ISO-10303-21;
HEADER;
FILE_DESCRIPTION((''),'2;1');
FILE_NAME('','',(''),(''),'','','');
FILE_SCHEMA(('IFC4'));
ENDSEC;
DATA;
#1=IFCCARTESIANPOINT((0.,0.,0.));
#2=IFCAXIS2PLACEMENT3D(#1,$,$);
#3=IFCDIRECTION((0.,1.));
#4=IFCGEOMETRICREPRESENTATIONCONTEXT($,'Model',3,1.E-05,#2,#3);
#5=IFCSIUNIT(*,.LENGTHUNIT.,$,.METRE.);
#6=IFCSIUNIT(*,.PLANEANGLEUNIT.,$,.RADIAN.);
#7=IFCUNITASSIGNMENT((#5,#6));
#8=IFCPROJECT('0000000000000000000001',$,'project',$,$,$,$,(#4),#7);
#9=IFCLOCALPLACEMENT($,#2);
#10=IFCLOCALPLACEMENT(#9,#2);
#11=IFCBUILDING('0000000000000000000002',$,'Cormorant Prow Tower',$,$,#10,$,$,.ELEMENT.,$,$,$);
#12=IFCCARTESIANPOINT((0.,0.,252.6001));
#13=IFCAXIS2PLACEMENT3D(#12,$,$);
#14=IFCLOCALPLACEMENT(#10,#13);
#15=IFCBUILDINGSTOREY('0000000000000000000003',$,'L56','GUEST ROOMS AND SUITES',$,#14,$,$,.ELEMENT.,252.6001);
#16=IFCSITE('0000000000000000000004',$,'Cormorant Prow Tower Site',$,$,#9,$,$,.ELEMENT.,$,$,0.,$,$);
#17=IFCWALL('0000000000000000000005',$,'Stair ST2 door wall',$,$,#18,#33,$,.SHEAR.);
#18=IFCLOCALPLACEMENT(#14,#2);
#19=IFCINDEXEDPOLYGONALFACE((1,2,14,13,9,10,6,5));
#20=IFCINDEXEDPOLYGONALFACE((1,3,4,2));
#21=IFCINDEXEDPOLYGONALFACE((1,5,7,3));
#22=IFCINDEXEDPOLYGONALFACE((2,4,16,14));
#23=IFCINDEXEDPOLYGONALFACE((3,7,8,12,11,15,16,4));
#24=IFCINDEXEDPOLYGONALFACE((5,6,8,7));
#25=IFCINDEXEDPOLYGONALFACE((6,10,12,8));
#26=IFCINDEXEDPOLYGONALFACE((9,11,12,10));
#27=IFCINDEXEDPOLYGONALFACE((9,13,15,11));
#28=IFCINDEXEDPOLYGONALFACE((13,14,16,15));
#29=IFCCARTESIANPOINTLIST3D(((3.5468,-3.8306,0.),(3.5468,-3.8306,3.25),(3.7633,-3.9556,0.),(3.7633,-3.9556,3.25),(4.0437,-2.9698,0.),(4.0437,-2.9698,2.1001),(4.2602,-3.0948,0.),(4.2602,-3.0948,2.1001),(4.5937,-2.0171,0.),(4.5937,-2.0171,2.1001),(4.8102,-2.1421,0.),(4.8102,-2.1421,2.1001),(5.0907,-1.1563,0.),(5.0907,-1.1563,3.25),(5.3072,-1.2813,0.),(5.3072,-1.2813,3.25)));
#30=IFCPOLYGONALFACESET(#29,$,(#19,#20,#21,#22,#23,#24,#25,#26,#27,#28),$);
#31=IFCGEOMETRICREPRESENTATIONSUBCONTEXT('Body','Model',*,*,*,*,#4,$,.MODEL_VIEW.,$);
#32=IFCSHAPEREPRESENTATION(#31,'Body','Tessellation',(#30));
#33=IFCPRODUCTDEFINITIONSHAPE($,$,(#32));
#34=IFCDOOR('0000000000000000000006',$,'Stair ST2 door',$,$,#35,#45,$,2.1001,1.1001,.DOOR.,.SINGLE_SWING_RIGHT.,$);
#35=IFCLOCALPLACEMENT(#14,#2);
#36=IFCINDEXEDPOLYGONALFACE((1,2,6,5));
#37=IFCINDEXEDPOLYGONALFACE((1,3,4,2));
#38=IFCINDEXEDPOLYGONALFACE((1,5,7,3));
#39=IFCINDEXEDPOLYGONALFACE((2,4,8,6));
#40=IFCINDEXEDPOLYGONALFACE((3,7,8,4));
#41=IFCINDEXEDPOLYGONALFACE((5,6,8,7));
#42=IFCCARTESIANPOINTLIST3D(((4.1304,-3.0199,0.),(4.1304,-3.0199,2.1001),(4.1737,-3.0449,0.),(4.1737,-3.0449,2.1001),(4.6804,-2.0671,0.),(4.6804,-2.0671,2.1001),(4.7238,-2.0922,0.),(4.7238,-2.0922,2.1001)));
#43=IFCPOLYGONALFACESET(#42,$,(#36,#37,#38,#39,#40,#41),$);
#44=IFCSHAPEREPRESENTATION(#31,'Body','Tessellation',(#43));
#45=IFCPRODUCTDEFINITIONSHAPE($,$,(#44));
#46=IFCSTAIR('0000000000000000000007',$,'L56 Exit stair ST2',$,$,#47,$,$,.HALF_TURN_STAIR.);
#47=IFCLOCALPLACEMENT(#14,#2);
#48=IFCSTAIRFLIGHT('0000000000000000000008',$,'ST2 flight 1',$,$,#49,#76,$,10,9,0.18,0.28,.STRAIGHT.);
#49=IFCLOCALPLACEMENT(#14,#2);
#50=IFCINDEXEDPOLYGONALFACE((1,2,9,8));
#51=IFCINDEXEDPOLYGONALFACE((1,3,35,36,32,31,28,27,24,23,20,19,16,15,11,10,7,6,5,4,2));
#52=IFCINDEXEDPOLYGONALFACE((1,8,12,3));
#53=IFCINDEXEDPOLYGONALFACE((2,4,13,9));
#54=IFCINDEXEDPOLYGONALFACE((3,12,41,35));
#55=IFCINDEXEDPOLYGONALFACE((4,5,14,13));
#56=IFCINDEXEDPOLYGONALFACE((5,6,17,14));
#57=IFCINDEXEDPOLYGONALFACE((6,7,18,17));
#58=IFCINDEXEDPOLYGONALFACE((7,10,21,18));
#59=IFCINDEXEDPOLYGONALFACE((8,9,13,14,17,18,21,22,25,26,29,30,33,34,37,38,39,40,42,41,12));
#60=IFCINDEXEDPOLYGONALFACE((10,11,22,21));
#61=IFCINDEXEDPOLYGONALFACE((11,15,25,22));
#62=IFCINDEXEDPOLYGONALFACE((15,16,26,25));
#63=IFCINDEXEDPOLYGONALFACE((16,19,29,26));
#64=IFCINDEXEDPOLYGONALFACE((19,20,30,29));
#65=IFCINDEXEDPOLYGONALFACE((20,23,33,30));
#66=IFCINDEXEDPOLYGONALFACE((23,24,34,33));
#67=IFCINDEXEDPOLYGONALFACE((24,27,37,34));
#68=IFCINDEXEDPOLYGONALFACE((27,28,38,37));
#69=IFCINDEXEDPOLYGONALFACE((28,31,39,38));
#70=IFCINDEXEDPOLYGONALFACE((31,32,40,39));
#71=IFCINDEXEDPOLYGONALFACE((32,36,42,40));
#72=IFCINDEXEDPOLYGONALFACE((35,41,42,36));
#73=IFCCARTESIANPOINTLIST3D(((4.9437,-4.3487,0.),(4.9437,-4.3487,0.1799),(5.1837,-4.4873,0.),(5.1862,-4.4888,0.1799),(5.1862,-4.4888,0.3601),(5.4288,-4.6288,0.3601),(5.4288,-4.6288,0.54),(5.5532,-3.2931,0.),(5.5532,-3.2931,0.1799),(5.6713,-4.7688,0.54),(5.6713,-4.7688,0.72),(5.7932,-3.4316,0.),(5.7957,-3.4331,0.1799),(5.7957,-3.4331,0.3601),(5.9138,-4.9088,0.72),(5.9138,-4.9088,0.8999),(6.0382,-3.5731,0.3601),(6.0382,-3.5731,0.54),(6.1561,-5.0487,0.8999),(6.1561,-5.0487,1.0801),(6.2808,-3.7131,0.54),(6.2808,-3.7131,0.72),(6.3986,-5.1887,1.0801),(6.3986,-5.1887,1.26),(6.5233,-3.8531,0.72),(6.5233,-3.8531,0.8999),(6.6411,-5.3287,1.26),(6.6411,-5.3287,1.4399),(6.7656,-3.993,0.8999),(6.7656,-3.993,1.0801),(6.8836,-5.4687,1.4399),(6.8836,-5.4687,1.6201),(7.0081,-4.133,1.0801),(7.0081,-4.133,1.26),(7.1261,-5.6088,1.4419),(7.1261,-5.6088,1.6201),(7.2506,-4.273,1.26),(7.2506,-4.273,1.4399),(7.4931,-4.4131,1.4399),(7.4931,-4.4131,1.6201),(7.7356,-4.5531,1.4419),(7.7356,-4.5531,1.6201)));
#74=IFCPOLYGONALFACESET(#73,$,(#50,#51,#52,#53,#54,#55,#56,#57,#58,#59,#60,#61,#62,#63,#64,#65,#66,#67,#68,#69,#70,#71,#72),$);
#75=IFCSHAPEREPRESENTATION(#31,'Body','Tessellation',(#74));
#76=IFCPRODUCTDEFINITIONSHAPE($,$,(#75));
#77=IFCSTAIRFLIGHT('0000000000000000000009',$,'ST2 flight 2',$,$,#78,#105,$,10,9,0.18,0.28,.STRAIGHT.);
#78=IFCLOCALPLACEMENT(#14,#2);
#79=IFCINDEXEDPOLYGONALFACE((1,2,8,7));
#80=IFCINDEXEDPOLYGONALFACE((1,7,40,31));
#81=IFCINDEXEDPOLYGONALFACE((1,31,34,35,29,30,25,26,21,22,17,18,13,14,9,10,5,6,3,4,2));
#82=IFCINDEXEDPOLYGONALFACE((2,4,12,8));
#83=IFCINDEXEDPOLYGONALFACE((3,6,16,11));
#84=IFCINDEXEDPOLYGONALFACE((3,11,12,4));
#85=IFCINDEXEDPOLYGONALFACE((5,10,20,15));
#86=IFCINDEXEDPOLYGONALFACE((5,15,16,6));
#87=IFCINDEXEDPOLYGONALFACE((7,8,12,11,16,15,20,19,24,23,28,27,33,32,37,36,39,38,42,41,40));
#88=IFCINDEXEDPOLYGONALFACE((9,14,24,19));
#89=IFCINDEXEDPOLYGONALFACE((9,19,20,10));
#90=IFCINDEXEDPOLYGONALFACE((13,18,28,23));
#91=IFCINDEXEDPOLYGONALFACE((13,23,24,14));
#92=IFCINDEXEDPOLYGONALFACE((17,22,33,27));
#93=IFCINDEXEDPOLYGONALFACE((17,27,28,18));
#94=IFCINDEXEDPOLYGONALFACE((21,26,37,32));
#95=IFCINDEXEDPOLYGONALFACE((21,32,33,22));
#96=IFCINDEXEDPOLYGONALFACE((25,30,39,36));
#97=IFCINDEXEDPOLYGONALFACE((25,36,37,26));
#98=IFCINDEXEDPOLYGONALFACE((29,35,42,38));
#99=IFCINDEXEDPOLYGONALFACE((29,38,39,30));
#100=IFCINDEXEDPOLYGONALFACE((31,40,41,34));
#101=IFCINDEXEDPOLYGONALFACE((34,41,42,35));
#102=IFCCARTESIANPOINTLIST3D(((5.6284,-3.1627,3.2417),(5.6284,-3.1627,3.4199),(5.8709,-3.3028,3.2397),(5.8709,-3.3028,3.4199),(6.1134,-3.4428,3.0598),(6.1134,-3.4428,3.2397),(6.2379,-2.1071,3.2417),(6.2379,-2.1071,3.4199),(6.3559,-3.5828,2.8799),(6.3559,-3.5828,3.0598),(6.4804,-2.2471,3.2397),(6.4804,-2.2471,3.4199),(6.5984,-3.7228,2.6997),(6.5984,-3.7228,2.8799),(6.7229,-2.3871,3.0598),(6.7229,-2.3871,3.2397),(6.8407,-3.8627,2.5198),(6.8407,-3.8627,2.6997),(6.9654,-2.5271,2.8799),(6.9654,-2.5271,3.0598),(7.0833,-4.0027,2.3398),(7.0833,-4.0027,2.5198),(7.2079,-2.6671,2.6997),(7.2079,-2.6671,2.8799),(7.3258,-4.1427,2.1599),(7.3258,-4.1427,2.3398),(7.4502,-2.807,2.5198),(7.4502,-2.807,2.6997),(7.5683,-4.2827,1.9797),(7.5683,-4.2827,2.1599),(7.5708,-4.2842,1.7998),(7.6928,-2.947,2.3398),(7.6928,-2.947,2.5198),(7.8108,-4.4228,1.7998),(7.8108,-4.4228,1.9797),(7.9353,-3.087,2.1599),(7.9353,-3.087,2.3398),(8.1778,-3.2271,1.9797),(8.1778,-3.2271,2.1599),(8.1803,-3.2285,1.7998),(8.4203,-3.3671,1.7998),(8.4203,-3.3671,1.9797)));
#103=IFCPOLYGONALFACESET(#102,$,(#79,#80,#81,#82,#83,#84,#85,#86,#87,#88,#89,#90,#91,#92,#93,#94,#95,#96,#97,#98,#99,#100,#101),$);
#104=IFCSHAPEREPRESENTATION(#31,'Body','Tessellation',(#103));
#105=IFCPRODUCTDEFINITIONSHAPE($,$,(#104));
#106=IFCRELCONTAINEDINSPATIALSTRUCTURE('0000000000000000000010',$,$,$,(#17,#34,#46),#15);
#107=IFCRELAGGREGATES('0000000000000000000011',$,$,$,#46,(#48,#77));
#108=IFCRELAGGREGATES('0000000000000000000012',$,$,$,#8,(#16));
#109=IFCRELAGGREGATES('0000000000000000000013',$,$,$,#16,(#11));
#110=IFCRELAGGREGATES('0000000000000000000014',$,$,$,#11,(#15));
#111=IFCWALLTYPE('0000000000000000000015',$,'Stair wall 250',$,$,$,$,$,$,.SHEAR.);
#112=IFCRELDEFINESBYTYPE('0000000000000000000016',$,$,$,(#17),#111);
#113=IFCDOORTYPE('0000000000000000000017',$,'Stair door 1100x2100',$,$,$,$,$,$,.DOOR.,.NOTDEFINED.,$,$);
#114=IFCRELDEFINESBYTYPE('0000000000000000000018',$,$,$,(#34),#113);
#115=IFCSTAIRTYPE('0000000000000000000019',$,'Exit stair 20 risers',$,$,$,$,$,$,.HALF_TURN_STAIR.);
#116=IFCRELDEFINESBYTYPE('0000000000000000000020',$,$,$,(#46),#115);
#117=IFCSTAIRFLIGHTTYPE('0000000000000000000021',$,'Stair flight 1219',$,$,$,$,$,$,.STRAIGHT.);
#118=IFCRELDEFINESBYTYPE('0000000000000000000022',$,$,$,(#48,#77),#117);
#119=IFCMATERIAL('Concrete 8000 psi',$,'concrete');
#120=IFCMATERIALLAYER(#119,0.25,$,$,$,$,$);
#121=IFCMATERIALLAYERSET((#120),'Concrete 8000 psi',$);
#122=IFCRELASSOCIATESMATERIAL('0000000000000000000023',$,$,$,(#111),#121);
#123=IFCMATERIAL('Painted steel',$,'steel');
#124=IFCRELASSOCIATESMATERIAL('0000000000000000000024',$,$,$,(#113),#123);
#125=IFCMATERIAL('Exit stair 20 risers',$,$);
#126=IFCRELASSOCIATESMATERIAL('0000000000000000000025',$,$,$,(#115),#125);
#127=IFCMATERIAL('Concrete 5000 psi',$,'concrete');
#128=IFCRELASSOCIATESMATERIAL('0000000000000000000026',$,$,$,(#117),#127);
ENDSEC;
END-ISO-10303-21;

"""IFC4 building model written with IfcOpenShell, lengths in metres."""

from ifc_helpers import new_model, si_unit, direction, frame, frame_2d, origin, place, context, subcontext, project, spatial, polyline, rectangle, outline, extrude, material, layer, layer_set, type_object, element, fill, aggregate, save


model = new_model("IFC4")

# Units and contexts
model_context = context("Model", 3, precision=1e-05, world=origin(), true_north=direction((0.0, 1.0)))
body_context = subcontext(model_context, "Body", "Model", "MODEL_VIEW")
ifc_project = project(units=[si_unit("LENGTHUNIT", "METRE"), si_unit("PLANEANGLEUNIT", "RADIAN")], contexts=[model_context])

# Site, building, storey
site_placement = place(None, origin())
site = spatial("IfcSite", under=ifc_project, at=site_placement, Name="Cormorant Prow Tower Site", CompositionType="ELEMENT", RefElevation=0.0)
building_placement = place(site_placement, origin())
building = spatial("IfcBuilding", under=site, at=building_placement, Name="Cormorant Prow Tower", CompositionType="ELEMENT")
storey_placement = place(building_placement, frame((0.0, 0.0, 252.6001)))
storey = spatial("IfcBuildingStorey", under=building, at=storey_placement, Name="L56", Description="GUEST ROOMS AND SUITES", CompositionType="ELEMENT", Elevation=252.6001)

# Wall, opening, door
ifc_material_1 = material(Name="Concrete 8000 psi", Category="concrete")
ifc_layer_1 = layer(ifc_material_1, 0.25)
ifc_layer_set_1 = layer_set([ifc_layer_1], Name="Concrete 8000 psi")
wall_type_1 = type_object("IfcWallType", Name="Stair wall 250", PredefinedType="SHEAR", material=ifc_layer_set_1)
wall_1_placement = place(storey_placement, frame((3.655, -3.8931, 0.0), z_axis=(0.0, 0.0, 1.0), x_axis=(0.499983, 0.866035, 0.0)))
wall_1 = element("IfcWall", 1, at=wall_1_placement, inside=storey, type_object=wall_type_1, Name="Stair ST2 door wall", PredefinedType="SHEAR", context=body_context, shape_type="SweptSolid", body=[
    extrude(rectangle(XDim=3.0879, YDim=0.25, at=frame_2d((1.5439, 0.0))), origin(), (0.0, 0.0, 1.0), 3.25),
])
opening_1_placement = place(wall_1_placement, frame((0.9939, 0.0, 0.0)))
opening_1 = element("IfcOpeningElement", 2, at=opening_1_placement, cuts=wall_1, PredefinedType="OPENING", context=body_context, shape_type="SweptSolid", body=[
    extrude(rectangle(XDim=1.1001, YDim=2.1001, at=frame_2d((0.55, 1.05))), frame((0.0, 0.135, 0.0), z_axis=(0.0, -1.0, 0.0), x_axis=(1.0, 0.0, 0.0)), (0.0, 0.0, 1.0), 0.27),
])
ifc_material_2 = material(Name="Painted steel", Category="steel")
door_type_1 = type_object("IfcDoorType", Name="Stair door 1100x2100", OperationType="NOTDEFINED", PredefinedType="DOOR", material=ifc_material_2)
door_1_placement = place(opening_1_placement, origin())
door_1 = element("IfcDoor", 3, at=door_1_placement, inside=storey, type_object=door_type_1, Name="Stair ST2 door", OperationType="SINGLE_SWING_RIGHT", OverallHeight=2.1001, OverallWidth=1.1001, PredefinedType="DOOR", context=body_context, shape_type="SweptSolid", body=[
    extrude(rectangle(XDim=1.1001, YDim=2.1001, at=frame_2d((0.55, 1.05))), frame((0.0, 0.0249, 0.0), z_axis=(0.0, -1.0, 0.0), x_axis=(1.0, 0.0, 0.0)), (0.0, 0.0, 1.0), 0.05),
])
fill(opening_1, door_1)

# Stair, stair flights
ifc_material_3 = material(Name="Exit stair 20 risers")
stair_type = type_object("IfcStairType", Name="Exit stair 20 risers", PredefinedType="HALF_TURN_STAIR", material=ifc_material_3)
stair_placement = place(storey_placement, origin())
stair = element("IfcStair", 4, at=stair_placement, inside=storey, type_object=stair_type, Name="L56 Exit stair ST2", PredefinedType="HALF_TURN_STAIR")
ifc_material_4 = material(Name="Concrete 5000 psi", Category="concrete")
stair_flight_type = type_object("IfcStairFlightType", Name="Stair flight 1219", PredefinedType="STRAIGHT", material=ifc_material_4)
stair_flight_1_placement = place(storey_placement, frame((5.2485, -3.8208, 0.0), z_axis=(0.0, 0.0, 1.0), x_axis=(0.866025, -0.5, 0.0)))
stair_flight_1 = element("IfcStairFlight", 5, at=stair_flight_1_placement, type_object=stair_flight_type, Name="ST2 flight 1", NumberOfRisers=10, NumberOfTreads=9, PredefinedType="STRAIGHT", RiserHeight=0.18, TreadLength=0.28, context=body_context, shape_type="SweptSolid", body=[
    extrude(outline(polyline([(0.0, 0.0), (0.0, 0.1799), (0.28, 0.1799), (0.28, 0.3601), (0.5601, 0.3601), (0.5601, 0.54), (0.8401, 0.54), (0.8401, 0.72), (1.1201, 0.72), (1.1201, 0.8999), (1.3999, 0.8999), (1.3999, 1.0801), (1.6799, 1.0801), (1.6799, 1.26), (1.96, 1.26), (1.96, 1.4399), (2.24, 1.4399), (2.24, 1.6201), (2.52, 1.6201), (2.52, 1.8), (2.52, 1.4419), (0.2771, 0.0), (0.0, 0.0)])), frame((0.0, 0.6094, 0.0), z_axis=(0.0, -1.0, 0.0), x_axis=(1.0, 0.0, 0.0)), (0.0, 0.0, 1.0), 1.219),
])
stair_flight_2_placement = place(storey_placement, frame((8.1155, -3.895, 1.7998), z_axis=(0.0, 0.0, 1.0), x_axis=(-0.866025, 0.5, 0.0)))
stair_flight_2 = element("IfcStairFlight", 6, at=stair_flight_2_placement, type_object=stair_flight_type, Name="ST2 flight 2", NumberOfRisers=10, NumberOfTreads=9, PredefinedType="STRAIGHT", RiserHeight=0.18, TreadLength=0.28, context=body_context, shape_type="SweptSolid", body=[
    extrude(outline(polyline([(0.0, 0.0), (0.0, 0.1799), (0.28, 0.1799), (0.28, 0.3601), (0.5601, 0.3601), (0.5601, 0.54), (0.8401, 0.54), (0.8401, 0.72), (1.1201, 0.72), (1.1201, 0.8999), (1.3999, 0.8999), (1.3999, 1.0801), (1.6799, 1.0801), (1.6799, 1.26), (1.96, 1.26), (1.96, 1.4399), (2.24, 1.4399), (2.24, 1.6201), (2.52, 1.6201), (2.52, 1.8), (2.52, 1.4419), (0.2771, 0.0), (0.0, 0.0)])), frame((0.0, 0.6094, 0.0), z_axis=(0.0, -1.0, 0.0), x_axis=(1.0, 0.0, 0.0)), (0.0, 0.0, 1.0), 1.219),
])
aggregate(stair, [stair_flight_1, stair_flight_2])

save(model, "model.ifc")
